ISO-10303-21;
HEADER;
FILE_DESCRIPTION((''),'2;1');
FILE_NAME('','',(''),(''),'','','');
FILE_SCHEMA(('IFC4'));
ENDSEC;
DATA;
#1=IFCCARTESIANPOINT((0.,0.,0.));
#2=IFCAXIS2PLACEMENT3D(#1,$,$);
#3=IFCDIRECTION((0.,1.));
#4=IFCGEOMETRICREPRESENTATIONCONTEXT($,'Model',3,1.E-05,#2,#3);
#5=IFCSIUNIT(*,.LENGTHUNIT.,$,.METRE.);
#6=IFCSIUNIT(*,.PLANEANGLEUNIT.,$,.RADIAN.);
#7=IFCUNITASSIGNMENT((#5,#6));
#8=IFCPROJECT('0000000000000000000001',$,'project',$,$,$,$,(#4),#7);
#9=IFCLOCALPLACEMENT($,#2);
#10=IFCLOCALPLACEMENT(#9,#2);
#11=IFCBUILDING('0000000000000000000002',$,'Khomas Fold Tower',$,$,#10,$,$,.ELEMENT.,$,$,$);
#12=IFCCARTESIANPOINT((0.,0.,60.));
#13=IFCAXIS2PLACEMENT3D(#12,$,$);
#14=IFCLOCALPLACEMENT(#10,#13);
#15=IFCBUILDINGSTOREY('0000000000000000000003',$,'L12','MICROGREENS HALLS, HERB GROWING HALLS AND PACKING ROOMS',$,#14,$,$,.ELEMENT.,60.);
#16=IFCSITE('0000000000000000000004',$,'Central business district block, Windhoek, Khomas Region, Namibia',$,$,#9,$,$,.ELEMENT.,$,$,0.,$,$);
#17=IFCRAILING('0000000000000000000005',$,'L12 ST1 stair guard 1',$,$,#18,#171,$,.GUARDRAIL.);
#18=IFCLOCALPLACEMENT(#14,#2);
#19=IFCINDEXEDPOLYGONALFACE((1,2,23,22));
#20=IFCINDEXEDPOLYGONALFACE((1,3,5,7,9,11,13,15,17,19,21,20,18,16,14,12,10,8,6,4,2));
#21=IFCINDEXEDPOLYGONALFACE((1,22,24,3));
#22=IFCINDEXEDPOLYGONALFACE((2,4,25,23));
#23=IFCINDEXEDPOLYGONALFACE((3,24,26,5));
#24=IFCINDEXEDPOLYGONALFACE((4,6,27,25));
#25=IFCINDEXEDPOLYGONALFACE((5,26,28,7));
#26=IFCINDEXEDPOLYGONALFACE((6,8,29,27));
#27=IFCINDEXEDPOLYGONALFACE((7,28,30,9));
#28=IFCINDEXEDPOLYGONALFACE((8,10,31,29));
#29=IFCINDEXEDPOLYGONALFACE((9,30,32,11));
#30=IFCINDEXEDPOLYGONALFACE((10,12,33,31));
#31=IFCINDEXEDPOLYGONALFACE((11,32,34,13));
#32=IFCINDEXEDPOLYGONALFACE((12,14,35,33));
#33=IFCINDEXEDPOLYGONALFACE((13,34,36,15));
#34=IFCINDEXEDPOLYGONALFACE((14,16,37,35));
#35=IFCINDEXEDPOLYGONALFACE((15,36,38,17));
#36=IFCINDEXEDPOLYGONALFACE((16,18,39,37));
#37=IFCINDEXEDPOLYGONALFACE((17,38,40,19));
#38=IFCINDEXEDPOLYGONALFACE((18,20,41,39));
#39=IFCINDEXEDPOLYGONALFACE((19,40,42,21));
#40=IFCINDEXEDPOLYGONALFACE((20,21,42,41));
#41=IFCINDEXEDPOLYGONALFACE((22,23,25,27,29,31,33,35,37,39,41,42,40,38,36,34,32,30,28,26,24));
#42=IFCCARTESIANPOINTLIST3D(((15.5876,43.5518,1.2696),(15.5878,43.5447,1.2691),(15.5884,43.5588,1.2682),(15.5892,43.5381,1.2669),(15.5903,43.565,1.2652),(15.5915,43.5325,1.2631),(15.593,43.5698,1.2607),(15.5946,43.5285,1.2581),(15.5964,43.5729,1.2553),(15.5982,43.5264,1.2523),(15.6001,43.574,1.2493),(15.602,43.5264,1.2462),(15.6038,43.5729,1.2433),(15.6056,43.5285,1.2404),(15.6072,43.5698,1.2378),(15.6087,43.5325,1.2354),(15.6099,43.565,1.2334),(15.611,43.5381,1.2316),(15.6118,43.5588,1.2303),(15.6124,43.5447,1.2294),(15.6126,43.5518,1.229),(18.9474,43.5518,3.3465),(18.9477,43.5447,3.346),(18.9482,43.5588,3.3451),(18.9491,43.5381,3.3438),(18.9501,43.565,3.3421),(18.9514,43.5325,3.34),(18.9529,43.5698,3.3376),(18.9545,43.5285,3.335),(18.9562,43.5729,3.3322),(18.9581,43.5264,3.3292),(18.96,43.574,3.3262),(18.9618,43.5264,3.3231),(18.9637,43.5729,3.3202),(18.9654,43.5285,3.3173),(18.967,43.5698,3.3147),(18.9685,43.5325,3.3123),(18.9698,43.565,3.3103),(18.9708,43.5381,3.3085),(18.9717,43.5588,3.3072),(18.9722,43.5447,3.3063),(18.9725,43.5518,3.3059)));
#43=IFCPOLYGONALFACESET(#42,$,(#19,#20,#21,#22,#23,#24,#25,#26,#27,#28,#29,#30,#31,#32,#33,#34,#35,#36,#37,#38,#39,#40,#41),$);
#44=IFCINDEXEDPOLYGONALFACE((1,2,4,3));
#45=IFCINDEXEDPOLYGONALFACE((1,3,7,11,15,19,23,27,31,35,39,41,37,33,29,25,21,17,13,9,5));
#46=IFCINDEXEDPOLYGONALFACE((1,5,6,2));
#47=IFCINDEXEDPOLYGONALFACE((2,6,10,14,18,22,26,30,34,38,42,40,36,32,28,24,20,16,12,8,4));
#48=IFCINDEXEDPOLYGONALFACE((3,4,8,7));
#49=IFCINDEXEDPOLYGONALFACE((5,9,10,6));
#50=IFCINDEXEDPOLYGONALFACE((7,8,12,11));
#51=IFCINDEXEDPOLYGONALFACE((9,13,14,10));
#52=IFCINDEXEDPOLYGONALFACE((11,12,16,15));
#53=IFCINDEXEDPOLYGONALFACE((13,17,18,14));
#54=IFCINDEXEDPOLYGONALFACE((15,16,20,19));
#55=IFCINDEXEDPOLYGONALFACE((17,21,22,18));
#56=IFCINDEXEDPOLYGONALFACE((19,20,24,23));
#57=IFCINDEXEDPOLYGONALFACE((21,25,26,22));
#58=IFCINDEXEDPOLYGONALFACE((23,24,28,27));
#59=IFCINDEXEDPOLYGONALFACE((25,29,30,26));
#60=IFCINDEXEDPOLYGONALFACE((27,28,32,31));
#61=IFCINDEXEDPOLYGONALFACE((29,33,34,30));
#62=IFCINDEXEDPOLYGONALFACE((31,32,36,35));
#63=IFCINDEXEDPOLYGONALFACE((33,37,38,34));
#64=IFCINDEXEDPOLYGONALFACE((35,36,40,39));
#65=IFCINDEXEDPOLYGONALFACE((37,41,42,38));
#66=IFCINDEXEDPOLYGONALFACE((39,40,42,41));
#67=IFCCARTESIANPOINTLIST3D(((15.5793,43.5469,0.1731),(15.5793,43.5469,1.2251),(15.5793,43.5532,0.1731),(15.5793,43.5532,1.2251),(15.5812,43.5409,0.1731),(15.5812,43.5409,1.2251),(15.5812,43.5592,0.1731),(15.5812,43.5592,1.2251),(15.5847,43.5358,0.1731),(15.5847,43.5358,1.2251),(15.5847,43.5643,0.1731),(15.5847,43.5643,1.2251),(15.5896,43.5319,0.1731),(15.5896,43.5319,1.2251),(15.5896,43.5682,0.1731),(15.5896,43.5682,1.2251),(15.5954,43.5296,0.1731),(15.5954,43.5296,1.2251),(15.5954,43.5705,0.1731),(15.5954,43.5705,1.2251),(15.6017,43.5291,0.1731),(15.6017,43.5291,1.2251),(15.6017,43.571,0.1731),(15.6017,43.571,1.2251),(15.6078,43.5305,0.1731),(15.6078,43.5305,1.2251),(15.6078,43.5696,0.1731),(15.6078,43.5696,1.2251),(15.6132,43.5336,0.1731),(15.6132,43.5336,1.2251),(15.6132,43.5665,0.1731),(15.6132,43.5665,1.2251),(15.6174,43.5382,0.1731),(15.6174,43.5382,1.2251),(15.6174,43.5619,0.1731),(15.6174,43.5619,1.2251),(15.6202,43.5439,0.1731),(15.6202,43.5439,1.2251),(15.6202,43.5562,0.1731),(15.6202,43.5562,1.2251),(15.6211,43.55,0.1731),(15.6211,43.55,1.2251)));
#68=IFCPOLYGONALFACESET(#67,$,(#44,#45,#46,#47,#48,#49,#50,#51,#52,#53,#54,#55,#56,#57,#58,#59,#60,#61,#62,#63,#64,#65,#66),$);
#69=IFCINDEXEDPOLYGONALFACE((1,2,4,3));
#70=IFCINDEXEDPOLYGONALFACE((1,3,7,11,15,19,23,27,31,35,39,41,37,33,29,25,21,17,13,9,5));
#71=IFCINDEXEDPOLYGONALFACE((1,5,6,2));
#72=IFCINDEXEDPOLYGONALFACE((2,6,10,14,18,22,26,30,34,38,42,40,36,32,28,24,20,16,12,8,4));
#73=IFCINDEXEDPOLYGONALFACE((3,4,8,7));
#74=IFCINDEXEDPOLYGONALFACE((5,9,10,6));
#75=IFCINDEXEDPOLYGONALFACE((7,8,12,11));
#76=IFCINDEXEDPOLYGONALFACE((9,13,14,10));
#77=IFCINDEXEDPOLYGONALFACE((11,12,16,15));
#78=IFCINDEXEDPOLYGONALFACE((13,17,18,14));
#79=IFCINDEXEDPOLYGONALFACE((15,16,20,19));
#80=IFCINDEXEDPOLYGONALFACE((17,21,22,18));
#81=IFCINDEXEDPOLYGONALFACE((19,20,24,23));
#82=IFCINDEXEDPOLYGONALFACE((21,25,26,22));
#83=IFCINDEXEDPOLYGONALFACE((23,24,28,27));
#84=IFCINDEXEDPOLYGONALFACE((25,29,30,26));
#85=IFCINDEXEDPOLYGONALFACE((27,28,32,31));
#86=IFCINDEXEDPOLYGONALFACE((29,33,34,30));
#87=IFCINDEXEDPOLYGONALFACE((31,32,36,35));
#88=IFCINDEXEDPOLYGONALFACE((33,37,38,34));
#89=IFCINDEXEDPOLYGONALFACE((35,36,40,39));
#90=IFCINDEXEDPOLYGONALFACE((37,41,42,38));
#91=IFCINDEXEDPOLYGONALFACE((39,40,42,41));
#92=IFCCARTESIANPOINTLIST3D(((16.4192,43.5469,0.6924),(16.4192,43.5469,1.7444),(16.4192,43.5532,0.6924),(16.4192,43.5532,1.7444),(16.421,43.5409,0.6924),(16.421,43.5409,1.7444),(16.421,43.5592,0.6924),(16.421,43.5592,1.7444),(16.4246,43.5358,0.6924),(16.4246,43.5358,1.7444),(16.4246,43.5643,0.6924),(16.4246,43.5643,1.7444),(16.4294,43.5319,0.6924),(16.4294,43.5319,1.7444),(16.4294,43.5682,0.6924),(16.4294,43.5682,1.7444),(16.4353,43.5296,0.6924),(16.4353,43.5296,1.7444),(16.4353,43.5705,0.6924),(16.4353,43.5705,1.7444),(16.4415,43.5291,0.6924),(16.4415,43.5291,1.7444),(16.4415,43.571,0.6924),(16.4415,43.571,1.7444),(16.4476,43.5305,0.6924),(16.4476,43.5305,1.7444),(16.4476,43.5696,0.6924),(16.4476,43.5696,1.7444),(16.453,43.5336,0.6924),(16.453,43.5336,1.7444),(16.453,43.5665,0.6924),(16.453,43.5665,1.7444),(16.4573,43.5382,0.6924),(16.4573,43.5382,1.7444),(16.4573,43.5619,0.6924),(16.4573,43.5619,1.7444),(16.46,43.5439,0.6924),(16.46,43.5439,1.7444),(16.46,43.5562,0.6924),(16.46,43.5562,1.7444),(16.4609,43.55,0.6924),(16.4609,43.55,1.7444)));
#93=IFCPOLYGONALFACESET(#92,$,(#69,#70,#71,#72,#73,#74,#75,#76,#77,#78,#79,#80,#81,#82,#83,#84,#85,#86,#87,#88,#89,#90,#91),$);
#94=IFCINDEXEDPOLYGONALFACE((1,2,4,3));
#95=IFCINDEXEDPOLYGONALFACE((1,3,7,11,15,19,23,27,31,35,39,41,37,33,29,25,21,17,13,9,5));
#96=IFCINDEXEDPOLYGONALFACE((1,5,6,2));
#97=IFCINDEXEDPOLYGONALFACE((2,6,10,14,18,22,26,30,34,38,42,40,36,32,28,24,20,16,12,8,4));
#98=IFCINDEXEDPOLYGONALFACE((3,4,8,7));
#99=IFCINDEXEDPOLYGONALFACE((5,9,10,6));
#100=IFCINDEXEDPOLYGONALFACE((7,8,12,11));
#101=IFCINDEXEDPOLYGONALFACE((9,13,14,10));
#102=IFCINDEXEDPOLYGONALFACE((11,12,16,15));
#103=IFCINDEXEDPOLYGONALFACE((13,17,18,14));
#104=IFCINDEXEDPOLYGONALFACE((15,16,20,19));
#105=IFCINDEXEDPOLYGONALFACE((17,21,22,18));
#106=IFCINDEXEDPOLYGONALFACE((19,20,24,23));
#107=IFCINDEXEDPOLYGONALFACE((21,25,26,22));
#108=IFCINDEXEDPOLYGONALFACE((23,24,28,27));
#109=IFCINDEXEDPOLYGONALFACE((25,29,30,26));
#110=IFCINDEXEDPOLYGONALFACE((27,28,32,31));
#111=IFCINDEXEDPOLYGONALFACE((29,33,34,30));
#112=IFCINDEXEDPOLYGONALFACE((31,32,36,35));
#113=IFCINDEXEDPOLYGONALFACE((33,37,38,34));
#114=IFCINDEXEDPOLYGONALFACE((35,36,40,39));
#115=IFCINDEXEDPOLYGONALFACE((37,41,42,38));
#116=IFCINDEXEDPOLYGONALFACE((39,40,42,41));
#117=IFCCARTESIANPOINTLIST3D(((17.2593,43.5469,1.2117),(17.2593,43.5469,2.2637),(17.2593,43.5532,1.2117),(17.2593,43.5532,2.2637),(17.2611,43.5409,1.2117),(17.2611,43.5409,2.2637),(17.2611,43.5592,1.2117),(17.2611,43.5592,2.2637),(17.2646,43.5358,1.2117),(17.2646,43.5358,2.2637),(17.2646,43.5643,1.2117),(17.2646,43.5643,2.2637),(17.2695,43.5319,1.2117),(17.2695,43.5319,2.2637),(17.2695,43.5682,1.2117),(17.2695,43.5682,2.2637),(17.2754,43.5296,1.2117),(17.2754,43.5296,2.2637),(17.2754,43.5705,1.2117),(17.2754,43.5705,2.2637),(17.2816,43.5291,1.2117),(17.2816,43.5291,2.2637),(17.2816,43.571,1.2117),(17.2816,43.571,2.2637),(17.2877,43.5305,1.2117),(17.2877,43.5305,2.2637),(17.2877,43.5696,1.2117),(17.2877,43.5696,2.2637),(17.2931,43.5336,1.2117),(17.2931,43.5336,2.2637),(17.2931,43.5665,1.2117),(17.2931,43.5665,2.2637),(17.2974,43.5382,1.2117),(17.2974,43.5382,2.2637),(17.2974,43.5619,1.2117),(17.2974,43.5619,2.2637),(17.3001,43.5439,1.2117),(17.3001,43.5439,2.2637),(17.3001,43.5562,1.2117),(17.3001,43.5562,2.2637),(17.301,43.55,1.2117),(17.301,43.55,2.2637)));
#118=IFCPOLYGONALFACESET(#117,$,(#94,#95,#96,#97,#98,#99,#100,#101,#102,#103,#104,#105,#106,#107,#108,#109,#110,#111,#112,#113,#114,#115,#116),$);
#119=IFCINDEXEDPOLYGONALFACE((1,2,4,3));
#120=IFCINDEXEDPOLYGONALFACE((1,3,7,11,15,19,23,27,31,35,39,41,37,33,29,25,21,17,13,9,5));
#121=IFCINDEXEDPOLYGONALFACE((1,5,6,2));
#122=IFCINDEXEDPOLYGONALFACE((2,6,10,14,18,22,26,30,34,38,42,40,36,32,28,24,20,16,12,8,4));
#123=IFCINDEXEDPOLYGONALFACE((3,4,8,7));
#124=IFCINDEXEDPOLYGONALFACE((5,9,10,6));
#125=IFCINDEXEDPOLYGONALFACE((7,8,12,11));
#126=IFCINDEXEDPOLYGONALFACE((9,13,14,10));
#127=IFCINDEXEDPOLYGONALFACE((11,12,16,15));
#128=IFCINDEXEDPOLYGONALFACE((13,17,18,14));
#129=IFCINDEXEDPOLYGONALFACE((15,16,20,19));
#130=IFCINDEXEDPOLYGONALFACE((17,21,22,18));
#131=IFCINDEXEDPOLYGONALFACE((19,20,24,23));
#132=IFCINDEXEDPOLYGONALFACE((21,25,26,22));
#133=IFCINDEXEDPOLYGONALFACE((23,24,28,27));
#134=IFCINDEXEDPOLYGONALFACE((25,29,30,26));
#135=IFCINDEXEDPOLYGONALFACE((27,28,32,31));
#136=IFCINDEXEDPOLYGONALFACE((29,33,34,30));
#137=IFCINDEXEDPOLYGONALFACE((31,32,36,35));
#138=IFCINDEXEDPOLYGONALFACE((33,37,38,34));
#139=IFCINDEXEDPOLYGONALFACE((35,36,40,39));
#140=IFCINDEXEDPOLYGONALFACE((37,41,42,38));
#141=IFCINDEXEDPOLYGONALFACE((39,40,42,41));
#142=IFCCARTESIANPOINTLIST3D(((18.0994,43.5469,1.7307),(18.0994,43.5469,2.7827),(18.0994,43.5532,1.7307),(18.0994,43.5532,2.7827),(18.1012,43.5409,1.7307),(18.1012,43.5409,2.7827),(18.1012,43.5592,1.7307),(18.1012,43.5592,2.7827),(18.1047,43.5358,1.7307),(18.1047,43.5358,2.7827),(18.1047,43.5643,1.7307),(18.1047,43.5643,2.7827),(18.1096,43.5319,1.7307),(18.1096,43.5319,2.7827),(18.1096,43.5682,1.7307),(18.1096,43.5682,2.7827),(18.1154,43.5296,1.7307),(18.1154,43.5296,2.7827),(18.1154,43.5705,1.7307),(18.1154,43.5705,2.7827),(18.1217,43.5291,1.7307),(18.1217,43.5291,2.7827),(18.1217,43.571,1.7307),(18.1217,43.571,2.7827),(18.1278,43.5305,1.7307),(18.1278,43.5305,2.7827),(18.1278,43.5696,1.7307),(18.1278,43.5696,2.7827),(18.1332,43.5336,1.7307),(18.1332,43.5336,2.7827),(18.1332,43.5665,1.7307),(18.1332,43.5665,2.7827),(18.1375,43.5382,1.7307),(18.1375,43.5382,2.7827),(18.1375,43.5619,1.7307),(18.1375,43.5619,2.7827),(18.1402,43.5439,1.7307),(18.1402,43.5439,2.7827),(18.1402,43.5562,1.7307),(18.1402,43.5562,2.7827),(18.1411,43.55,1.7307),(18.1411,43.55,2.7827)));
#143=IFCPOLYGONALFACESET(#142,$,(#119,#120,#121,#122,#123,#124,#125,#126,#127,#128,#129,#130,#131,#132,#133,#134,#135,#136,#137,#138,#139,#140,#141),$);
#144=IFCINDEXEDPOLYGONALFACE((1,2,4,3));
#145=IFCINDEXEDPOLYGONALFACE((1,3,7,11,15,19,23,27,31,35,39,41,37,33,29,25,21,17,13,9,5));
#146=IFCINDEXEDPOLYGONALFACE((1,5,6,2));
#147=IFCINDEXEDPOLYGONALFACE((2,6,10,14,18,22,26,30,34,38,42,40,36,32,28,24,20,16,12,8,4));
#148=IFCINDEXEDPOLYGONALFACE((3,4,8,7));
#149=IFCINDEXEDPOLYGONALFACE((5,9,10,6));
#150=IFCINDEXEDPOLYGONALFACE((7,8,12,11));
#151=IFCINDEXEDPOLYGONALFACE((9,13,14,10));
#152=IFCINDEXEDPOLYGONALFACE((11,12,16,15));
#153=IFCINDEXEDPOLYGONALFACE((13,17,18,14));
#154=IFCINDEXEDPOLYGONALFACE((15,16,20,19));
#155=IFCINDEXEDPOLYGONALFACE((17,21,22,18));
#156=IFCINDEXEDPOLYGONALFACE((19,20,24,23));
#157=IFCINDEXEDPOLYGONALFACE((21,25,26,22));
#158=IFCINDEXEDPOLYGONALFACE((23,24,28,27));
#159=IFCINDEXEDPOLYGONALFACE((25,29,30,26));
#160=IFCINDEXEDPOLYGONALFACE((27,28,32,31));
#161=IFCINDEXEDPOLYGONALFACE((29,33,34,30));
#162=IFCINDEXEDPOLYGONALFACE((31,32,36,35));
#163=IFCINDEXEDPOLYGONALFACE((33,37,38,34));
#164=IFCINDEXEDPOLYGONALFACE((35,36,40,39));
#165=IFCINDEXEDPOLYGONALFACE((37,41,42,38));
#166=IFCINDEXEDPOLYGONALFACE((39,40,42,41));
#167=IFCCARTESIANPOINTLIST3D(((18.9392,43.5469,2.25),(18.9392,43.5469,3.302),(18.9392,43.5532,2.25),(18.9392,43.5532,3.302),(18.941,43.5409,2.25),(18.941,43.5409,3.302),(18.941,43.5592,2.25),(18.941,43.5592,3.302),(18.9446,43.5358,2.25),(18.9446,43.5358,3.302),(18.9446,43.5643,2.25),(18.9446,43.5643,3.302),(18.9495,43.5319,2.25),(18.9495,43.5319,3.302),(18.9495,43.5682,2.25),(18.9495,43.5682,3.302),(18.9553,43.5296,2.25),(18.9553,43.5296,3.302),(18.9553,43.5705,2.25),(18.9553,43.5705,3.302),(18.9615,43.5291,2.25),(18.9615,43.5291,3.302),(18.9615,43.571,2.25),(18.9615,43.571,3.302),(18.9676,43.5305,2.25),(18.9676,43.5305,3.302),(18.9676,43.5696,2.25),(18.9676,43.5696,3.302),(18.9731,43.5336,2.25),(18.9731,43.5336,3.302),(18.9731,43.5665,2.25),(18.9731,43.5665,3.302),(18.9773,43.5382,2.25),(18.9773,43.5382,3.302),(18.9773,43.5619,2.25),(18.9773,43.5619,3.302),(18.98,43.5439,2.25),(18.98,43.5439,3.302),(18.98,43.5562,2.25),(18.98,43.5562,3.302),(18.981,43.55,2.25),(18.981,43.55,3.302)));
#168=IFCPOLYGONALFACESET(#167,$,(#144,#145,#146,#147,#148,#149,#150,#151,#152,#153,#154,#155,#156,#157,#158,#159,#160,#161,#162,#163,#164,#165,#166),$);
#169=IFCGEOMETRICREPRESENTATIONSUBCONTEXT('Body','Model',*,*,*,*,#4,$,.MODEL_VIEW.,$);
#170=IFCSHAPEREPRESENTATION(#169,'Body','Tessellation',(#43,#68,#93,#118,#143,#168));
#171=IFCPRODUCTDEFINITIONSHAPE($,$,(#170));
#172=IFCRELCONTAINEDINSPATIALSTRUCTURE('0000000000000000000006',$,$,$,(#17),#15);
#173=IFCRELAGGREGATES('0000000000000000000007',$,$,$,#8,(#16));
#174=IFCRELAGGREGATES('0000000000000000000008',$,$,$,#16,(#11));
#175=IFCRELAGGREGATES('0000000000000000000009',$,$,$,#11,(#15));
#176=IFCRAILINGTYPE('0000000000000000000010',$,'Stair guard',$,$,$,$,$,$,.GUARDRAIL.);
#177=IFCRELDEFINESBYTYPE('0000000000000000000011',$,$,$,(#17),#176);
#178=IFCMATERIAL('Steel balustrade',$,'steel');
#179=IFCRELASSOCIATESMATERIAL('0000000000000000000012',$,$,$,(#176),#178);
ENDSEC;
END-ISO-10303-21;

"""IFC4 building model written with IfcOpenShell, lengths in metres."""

from ifc_helpers import new_model, si_unit, direction, frame, origin, origin_2d, place, context, subcontext, project, spatial, circle, extrude, source, transform, mapped, material, type_object, element, save


model = new_model("IFC4")

# Units and contexts
model_context = context("Model", 3, precision=1e-05, world=origin(), true_north=direction((0.0, 1.0)))
body_context = subcontext(model_context, "Body", "Model", "MODEL_VIEW")
ifc_project = project(units=[si_unit("LENGTHUNIT", "METRE"), si_unit("PLANEANGLEUNIT", "RADIAN")], contexts=[model_context])

# Site, building, storey
site_placement = place(None, origin())
site = spatial("IfcSite", under=ifc_project, at=site_placement, Name="Central business district block, Windhoek, Khomas Region, Namibia", CompositionType="ELEMENT", RefElevation=0.0)
building_placement = place(site_placement, origin())
building = spatial("IfcBuilding", under=site, at=building_placement, Name="Khomas Fold Tower", CompositionType="ELEMENT")
storey_placement = place(building_placement, frame((0.0, 0.0, 60.0)))
storey = spatial("IfcBuildingStorey", under=building, at=storey_placement, Name="L12", Description="MICROGREENS HALLS, HERB GROWING HALLS AND PACKING ROOMS", CompositionType="ELEMENT", Elevation=60.0)

# Railing
ifc_material_1 = material(Name="Steel balustrade", Category="steel")
railing_type_1 = type_object("IfcRailingType", Name="Stair guard", PredefinedType="GUARDRAIL", material=ifc_material_1)
shared_shape_1 = source(origin(), body_context, "Body", "SweptSolid", [
    extrude(circle(Radius=0.0239, at=origin_2d()), frame((0.0, 0.0, 1.0762), z_axis=(0.850606, 0.0, 0.525803), x_axis=(0.0, 1.0, 0.0)), (0.0, 0.0, 1.0), 3.95),
    extrude(circle(Radius=0.021, at=origin_2d()), origin(), (0.0, 0.0, 1.0), 1.052),
    extrude(circle(Radius=0.021, at=origin_2d()), frame((0.8398, 0.0, 0.5193)), (0.0, 0.0, 1.0), 1.052),
    extrude(circle(Radius=0.021, at=origin_2d()), frame((1.6799, 0.0, 1.0386)), (0.0, 0.0, 1.0), 1.052),
    extrude(circle(Radius=0.021, at=origin_2d()), frame((2.52, 0.0, 1.5576)), (0.0, 0.0, 1.0), 1.052),
    extrude(circle(Radius=0.021, at=origin_2d()), frame((3.3599, 0.0, 2.0769)), (0.0, 0.0, 1.0), 1.052),
])
railing_1_placement = place(storey_placement, frame((15.6001, 43.55, 0.1731)))
element("IfcRailing", 1, at=railing_1_placement, inside=storey, type_object=railing_type_1, Name="L12 ST1 stair guard 1", PredefinedType="GUARDRAIL", context=body_context, shape_type="MappedRepresentation", body=[
    mapped(shared_shape_1, transform((0.0, 0.0, 0.0))),
])

save(model, "model.ifc")
